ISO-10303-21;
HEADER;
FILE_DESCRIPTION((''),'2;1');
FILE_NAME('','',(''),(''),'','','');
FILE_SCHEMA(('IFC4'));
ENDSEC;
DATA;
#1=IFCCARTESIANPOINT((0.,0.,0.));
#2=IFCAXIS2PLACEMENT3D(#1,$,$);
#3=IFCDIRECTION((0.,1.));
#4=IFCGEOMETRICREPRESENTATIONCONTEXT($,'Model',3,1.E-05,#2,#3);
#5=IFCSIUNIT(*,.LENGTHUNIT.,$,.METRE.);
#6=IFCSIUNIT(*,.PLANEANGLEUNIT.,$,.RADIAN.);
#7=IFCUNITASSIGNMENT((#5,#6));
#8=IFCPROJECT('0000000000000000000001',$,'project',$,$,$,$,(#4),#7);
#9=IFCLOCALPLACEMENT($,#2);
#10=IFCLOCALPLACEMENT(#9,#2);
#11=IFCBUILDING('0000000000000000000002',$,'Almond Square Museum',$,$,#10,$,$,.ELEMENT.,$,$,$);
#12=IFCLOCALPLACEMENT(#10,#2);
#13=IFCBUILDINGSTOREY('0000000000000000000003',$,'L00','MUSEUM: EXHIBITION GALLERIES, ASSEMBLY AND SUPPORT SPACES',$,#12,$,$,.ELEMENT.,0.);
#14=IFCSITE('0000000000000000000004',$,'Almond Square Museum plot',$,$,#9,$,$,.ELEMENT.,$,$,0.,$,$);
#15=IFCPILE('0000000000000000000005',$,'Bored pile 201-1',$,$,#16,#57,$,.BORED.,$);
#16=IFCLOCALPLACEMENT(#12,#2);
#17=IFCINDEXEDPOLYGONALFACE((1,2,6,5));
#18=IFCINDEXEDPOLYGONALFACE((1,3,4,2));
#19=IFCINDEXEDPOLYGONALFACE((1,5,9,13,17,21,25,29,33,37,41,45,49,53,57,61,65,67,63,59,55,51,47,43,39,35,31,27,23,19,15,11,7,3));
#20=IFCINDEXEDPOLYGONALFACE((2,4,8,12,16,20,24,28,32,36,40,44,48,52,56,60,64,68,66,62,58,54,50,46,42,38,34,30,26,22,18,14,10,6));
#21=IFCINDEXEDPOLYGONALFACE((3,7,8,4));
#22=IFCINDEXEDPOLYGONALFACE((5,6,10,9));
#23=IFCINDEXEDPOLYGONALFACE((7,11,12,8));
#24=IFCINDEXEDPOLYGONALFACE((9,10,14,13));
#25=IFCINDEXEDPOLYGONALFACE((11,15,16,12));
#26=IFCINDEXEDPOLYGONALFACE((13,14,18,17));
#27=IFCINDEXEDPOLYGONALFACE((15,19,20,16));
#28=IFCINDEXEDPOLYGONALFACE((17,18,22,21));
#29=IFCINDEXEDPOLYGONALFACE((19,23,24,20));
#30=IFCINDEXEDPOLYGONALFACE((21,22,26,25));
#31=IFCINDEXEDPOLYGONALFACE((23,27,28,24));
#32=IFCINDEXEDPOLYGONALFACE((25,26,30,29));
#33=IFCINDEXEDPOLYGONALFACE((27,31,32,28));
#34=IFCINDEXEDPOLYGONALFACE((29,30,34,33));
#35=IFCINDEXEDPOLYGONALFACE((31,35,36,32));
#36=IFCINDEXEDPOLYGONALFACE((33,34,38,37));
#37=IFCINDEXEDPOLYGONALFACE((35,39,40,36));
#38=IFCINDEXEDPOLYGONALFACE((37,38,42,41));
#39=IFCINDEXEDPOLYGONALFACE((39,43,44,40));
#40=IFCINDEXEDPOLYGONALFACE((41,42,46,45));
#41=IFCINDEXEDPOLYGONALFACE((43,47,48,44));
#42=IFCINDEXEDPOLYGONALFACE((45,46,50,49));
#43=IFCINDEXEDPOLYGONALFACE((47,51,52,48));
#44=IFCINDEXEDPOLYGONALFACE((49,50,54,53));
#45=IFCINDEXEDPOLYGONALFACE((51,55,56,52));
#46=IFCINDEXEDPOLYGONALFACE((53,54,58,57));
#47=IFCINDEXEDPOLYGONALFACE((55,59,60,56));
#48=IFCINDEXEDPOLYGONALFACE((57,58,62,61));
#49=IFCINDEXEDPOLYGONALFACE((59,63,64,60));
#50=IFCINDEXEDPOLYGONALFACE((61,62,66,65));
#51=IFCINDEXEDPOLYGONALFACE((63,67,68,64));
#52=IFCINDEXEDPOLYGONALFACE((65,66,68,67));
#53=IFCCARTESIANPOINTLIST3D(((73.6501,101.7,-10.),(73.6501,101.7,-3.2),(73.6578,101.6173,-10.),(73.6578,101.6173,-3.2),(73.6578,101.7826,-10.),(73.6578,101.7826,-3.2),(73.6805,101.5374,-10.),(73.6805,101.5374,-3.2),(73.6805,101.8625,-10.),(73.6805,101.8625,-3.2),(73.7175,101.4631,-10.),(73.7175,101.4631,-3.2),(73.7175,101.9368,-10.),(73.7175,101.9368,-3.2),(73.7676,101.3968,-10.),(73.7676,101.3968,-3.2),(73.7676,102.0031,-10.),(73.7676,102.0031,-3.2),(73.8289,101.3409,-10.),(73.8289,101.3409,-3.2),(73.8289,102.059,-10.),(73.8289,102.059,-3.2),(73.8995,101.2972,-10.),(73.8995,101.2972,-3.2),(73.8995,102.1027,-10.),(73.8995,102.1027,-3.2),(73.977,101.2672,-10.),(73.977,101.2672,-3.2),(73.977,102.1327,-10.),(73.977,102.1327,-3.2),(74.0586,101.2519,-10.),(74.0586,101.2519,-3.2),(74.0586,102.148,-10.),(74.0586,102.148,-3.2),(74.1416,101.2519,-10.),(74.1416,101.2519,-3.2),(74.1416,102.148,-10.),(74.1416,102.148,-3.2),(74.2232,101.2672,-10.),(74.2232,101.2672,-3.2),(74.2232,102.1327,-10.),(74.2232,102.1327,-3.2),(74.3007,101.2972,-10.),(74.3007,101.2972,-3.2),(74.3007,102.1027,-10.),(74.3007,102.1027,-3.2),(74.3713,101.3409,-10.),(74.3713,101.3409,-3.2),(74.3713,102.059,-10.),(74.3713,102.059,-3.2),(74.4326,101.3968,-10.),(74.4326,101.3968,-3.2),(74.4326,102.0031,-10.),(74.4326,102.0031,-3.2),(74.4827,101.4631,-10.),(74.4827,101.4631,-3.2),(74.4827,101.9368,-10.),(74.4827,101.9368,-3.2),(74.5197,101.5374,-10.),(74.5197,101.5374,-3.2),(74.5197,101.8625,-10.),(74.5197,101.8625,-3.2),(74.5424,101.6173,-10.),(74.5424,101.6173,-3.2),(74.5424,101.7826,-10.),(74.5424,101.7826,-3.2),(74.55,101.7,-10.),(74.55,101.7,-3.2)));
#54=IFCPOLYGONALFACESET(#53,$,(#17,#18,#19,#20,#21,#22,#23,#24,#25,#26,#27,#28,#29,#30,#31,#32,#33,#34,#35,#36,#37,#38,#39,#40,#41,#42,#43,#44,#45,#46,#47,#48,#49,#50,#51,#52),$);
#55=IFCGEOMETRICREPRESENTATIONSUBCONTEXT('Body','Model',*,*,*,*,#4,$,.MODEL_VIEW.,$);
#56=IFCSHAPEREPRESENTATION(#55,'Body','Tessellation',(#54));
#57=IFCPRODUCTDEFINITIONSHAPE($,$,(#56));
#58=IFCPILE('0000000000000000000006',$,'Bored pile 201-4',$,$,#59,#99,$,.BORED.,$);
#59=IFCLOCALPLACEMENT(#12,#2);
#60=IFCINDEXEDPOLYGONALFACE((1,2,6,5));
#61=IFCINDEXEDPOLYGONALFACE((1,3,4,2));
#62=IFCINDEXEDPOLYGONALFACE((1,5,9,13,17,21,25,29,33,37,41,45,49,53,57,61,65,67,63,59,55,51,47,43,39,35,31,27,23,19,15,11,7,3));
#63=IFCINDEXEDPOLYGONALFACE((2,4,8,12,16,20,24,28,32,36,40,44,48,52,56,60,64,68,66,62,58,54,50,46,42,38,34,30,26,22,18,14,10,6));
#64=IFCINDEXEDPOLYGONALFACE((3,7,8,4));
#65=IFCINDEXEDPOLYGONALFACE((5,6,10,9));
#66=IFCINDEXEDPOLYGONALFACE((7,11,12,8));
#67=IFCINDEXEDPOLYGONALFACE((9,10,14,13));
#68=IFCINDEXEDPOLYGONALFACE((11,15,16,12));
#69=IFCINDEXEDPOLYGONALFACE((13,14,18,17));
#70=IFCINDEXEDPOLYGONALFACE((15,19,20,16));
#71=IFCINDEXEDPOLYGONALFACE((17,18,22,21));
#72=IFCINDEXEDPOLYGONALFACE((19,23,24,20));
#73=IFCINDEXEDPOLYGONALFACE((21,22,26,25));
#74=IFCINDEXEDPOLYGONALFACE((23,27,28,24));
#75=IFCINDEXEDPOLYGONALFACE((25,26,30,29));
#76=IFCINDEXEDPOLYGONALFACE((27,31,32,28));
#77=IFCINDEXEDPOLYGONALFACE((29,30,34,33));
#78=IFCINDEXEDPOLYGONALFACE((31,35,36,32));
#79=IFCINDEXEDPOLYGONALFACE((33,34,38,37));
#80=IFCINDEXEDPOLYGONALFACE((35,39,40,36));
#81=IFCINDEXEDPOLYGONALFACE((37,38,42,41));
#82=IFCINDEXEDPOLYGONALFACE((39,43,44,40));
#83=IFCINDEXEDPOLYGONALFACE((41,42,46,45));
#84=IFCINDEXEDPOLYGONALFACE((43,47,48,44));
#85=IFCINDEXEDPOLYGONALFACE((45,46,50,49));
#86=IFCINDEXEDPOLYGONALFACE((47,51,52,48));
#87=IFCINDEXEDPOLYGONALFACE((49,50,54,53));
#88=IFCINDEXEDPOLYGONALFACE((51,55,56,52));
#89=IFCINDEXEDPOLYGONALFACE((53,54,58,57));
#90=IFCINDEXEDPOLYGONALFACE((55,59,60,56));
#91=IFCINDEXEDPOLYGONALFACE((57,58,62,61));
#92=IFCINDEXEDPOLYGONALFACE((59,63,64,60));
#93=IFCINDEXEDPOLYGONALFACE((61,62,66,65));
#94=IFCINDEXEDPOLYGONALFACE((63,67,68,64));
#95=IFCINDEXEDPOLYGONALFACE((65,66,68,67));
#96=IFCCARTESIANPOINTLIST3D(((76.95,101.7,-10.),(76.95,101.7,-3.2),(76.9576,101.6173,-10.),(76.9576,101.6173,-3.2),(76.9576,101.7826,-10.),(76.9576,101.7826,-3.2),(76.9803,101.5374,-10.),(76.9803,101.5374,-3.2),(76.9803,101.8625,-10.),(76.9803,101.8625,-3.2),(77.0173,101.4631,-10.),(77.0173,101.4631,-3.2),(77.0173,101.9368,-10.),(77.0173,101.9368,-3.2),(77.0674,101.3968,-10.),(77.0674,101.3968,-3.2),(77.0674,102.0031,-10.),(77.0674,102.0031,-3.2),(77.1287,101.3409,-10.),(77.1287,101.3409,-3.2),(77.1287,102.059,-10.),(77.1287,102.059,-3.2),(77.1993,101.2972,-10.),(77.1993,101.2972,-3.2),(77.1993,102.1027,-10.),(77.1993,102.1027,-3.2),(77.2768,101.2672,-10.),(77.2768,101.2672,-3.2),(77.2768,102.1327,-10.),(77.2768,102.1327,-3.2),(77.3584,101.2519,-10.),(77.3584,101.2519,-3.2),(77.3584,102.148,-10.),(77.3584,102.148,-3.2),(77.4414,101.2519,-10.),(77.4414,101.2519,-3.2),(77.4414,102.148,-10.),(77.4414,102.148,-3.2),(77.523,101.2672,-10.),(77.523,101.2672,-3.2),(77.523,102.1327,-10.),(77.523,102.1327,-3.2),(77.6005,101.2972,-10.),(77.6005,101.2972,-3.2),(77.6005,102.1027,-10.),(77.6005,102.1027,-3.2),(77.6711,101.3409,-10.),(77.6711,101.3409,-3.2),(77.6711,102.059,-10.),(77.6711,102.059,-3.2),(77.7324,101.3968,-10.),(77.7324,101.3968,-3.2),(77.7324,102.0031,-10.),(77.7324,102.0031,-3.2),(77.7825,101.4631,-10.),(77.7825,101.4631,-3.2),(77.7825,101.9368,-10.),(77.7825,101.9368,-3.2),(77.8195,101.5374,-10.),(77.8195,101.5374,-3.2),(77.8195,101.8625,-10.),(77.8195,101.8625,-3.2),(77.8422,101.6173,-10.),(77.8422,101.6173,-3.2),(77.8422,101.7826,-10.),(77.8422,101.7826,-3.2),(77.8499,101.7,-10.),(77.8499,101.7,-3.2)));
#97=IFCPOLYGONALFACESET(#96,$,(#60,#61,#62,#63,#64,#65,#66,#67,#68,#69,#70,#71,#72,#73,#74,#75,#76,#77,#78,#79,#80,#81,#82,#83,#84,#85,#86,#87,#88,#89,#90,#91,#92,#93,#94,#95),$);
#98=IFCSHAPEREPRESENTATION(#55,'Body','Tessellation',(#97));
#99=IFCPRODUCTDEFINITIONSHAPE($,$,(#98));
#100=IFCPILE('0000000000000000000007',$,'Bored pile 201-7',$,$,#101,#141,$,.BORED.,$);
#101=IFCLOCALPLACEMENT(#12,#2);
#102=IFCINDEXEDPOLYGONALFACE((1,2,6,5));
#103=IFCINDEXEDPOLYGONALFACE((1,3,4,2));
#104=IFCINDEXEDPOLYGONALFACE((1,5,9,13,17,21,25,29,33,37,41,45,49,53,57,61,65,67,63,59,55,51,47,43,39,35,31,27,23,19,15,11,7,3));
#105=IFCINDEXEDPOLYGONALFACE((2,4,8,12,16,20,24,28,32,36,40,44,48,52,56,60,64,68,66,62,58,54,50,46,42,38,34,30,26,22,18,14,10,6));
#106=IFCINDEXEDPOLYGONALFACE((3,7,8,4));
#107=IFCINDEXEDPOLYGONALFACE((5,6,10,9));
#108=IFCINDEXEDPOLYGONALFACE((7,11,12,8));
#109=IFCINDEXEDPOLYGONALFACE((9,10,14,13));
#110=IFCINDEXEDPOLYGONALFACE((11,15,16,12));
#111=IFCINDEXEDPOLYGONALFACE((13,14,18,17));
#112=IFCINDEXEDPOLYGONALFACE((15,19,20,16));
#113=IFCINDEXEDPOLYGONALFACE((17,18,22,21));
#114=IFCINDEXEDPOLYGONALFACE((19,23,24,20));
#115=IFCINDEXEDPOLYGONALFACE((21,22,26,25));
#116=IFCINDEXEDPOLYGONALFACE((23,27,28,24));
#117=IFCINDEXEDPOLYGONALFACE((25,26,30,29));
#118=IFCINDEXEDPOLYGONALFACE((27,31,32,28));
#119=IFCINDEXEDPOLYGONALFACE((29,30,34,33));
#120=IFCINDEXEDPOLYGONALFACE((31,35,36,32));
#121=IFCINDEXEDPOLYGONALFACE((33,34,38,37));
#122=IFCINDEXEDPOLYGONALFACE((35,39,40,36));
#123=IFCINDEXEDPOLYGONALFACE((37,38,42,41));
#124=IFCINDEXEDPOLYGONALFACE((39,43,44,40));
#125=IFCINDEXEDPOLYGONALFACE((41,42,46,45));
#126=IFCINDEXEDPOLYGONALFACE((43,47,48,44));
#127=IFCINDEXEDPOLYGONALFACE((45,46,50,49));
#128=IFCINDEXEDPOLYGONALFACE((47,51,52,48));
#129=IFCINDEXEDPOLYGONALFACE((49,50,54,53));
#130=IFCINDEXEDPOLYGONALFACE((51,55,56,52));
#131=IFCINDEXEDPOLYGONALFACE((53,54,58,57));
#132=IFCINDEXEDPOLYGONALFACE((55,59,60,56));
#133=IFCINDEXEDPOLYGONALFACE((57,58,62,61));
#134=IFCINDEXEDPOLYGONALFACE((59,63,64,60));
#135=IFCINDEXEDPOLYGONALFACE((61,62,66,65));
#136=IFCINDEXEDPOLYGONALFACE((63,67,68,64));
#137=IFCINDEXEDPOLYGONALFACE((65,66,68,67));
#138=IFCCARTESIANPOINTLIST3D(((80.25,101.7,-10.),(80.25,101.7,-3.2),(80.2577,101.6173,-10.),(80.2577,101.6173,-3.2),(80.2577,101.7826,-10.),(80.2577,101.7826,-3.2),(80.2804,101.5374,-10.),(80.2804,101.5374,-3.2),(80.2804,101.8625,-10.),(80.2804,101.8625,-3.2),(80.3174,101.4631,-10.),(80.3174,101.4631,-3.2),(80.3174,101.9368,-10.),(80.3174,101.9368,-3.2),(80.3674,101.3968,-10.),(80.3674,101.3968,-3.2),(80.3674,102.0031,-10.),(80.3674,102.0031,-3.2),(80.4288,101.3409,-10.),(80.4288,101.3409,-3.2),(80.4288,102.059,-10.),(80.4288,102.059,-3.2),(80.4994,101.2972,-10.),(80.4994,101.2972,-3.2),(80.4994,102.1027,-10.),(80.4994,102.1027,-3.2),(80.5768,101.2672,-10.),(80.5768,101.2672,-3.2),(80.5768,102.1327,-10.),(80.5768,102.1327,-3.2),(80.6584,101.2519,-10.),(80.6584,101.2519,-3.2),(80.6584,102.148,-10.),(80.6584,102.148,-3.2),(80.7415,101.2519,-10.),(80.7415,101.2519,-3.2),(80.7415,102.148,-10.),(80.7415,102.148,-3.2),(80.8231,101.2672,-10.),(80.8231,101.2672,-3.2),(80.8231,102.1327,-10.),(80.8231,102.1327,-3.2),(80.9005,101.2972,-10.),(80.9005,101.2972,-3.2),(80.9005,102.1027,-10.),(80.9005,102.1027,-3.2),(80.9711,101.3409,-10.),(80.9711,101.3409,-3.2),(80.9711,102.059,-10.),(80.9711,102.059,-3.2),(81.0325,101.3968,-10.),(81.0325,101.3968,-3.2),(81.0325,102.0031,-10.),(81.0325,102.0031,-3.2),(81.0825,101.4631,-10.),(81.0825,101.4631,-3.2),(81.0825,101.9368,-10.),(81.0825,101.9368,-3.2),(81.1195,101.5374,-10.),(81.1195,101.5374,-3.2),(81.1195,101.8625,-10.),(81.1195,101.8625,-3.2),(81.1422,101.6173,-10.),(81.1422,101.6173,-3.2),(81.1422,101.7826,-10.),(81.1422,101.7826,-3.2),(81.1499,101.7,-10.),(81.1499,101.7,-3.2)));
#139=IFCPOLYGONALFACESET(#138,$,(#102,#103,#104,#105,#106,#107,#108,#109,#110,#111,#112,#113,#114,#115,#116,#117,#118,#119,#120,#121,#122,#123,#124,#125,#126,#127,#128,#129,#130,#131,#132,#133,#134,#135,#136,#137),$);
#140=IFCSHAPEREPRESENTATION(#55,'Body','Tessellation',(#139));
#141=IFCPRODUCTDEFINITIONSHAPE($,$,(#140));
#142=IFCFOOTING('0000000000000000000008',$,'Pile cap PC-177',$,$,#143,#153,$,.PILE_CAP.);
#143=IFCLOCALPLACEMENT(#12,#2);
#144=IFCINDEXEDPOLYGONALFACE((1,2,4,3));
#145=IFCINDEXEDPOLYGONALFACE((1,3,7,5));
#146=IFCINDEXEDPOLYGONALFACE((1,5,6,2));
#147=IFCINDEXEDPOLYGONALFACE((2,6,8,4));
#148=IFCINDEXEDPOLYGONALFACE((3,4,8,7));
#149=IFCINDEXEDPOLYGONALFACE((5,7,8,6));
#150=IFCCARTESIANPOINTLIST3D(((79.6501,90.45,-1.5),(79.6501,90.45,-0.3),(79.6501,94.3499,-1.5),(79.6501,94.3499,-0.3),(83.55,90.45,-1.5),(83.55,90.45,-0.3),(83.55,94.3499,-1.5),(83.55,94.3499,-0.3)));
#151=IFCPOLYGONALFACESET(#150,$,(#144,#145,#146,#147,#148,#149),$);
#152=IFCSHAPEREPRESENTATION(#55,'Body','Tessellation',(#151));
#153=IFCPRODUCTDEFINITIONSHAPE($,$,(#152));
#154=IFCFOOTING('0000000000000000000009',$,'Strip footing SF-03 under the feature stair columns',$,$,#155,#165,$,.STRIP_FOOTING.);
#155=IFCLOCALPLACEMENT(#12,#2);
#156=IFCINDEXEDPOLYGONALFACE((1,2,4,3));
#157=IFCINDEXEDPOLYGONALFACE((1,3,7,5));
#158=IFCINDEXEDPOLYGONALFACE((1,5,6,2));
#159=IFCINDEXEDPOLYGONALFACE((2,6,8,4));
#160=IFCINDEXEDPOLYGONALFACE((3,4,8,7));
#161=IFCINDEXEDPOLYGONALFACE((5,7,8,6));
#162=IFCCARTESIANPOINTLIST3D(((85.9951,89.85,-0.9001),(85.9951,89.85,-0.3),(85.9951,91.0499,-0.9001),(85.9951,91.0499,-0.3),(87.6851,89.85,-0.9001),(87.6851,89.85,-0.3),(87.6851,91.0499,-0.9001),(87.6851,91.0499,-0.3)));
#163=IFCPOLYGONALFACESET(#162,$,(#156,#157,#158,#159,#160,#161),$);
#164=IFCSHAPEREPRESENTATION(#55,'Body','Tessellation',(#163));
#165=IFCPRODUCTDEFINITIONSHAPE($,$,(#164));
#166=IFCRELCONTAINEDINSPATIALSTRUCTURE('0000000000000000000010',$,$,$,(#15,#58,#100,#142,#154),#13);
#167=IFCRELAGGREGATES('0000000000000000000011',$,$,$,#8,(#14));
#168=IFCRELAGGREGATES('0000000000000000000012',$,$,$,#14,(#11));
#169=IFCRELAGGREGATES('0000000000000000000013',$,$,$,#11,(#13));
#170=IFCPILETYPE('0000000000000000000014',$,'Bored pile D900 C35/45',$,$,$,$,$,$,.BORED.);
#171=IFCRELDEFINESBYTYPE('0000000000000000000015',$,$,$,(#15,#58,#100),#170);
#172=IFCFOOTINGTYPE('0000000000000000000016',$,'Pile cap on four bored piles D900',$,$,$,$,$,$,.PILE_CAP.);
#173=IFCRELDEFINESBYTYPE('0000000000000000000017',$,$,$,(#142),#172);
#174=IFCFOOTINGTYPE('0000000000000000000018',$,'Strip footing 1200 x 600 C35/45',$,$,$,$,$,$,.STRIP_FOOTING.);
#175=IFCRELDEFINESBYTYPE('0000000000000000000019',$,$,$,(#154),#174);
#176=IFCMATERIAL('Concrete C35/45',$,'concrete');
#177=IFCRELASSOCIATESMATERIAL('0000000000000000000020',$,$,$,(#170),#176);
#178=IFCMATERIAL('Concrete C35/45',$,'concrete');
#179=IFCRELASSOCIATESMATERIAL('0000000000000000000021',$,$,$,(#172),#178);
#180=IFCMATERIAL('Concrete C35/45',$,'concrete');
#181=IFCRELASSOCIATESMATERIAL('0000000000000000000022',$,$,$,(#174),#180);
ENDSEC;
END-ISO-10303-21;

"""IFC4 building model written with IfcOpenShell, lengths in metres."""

from ifc_helpers import new_model, si_unit, direction, frame, origin, origin_2d, place, context, subcontext, project, spatial, rectangle, circle, extrude, material, material_profile, profile_set, type_object, element, save


model = new_model("IFC4")

# Units and contexts
model_context = context("Model", 3, precision=1e-05, world=origin(), true_north=direction((0.0, 1.0)))
body_context = subcontext(model_context, "Body", "Model", "MODEL_VIEW")
ifc_project = project(units=[si_unit("LENGTHUNIT", "METRE"), si_unit("PLANEANGLEUNIT", "RADIAN")], contexts=[model_context])

# Site, building, storey
site_placement = place(None, origin())
site = spatial("IfcSite", under=ifc_project, at=site_placement, Name="Almond Square Museum plot", CompositionType="ELEMENT", RefElevation=0.0)
building_placement = place(site_placement, origin())
building = spatial("IfcBuilding", under=site, at=building_placement, Name="Almond Square Museum", CompositionType="ELEMENT")
storey_placement = place(building_placement, origin())
storey = spatial("IfcBuildingStorey", under=building, at=storey_placement, Name="L00", Description="MUSEUM: EXHIBITION GALLERIES, ASSEMBLY AND SUPPORT SPACES", CompositionType="ELEMENT", Elevation=0.0)

# Piles
ifc_material_1 = material(Name="Concrete C35/45", Category="concrete")
ifc_material_profile_1 = material_profile(ifc_material_1, circle(Radius=0.45, at=origin_2d()))
ifc_profile_set_1 = profile_set([ifc_material_profile_1], Name="Concrete C35/45")
pile_type = type_object("IfcPileType", Name="Bored pile D900 C35/45", PredefinedType="BORED", material=ifc_profile_set_1)
for number, where, z_axis, x_axis, name in (
    (1, (74.1001, 101.7, -3.2), (0.0, 0.0, -1.0), (1.0, 0.0, 0.0), "Bored pile 201-1"),
    (2, (77.3999, 101.7, -3.2), (0.0, 0.0, -1.0), (1.0, 0.0, 0.0), "Bored pile 201-4"),
    (3, (80.7, 101.7, -3.2), (0.0, 0.0, -1.0), (1.0, 0.0, 0.0), "Bored pile 201-7"),
):
    element("IfcPile", number, at=place(storey_placement, frame(where, z_axis=z_axis, x_axis=x_axis)), inside=storey, type_object=pile_type, Name=name, PredefinedType="BORED", context=body_context, shape_type="SweptSolid", body=[
        extrude(circle(Radius=0.45, at=origin_2d()), origin(), (0.0, 0.0, 1.0), 6.8),
    ])

# Footings
ifc_material_2 = material(Name="Concrete C35/45", Category="concrete")
footing_type_1 = type_object("IfcFootingType", Name="Pile cap on four bored piles D900", PredefinedType="PILE_CAP", material=ifc_material_2)
footing_1_placement = place(storey_placement, frame((81.6001, 92.3999, -1.5), z_axis=(0.0, 0.0, 1.0), x_axis=(1.0, 0.0, 0.0)))
element("IfcFooting", 4, at=footing_1_placement, inside=storey, type_object=footing_type_1, Name="Pile cap PC-177", PredefinedType="PILE_CAP", context=body_context, shape_type="SweptSolid", body=[
    extrude(rectangle(XDim=3.8999, YDim=3.8999, at=origin_2d()), origin(), (0.0, 0.0, 1.0), 1.2),
])
ifc_material_3 = material(Name="Concrete C35/45", Category="concrete")
footing_type_2 = type_object("IfcFootingType", Name="Strip footing 1200 x 600 C35/45", PredefinedType="STRIP_FOOTING", material=ifc_material_3)
footing_2_placement = place(storey_placement, frame((86.8401, 90.45, -0.9001), z_axis=(0.0, 0.0, 1.0), x_axis=(1.0, 0.0, 0.0)))
element("IfcFooting", 5, at=footing_2_placement, inside=storey, type_object=footing_type_2, Name="Strip footing SF-03 under the feature stair columns", PredefinedType="STRIP_FOOTING", context=body_context, shape_type="SweptSolid", body=[
    extrude(rectangle(XDim=1.6899, YDim=1.2, at=origin_2d()), origin(), (0.0, 0.0, 1.0), 0.6001),
])

save(model, "model.ifc")
